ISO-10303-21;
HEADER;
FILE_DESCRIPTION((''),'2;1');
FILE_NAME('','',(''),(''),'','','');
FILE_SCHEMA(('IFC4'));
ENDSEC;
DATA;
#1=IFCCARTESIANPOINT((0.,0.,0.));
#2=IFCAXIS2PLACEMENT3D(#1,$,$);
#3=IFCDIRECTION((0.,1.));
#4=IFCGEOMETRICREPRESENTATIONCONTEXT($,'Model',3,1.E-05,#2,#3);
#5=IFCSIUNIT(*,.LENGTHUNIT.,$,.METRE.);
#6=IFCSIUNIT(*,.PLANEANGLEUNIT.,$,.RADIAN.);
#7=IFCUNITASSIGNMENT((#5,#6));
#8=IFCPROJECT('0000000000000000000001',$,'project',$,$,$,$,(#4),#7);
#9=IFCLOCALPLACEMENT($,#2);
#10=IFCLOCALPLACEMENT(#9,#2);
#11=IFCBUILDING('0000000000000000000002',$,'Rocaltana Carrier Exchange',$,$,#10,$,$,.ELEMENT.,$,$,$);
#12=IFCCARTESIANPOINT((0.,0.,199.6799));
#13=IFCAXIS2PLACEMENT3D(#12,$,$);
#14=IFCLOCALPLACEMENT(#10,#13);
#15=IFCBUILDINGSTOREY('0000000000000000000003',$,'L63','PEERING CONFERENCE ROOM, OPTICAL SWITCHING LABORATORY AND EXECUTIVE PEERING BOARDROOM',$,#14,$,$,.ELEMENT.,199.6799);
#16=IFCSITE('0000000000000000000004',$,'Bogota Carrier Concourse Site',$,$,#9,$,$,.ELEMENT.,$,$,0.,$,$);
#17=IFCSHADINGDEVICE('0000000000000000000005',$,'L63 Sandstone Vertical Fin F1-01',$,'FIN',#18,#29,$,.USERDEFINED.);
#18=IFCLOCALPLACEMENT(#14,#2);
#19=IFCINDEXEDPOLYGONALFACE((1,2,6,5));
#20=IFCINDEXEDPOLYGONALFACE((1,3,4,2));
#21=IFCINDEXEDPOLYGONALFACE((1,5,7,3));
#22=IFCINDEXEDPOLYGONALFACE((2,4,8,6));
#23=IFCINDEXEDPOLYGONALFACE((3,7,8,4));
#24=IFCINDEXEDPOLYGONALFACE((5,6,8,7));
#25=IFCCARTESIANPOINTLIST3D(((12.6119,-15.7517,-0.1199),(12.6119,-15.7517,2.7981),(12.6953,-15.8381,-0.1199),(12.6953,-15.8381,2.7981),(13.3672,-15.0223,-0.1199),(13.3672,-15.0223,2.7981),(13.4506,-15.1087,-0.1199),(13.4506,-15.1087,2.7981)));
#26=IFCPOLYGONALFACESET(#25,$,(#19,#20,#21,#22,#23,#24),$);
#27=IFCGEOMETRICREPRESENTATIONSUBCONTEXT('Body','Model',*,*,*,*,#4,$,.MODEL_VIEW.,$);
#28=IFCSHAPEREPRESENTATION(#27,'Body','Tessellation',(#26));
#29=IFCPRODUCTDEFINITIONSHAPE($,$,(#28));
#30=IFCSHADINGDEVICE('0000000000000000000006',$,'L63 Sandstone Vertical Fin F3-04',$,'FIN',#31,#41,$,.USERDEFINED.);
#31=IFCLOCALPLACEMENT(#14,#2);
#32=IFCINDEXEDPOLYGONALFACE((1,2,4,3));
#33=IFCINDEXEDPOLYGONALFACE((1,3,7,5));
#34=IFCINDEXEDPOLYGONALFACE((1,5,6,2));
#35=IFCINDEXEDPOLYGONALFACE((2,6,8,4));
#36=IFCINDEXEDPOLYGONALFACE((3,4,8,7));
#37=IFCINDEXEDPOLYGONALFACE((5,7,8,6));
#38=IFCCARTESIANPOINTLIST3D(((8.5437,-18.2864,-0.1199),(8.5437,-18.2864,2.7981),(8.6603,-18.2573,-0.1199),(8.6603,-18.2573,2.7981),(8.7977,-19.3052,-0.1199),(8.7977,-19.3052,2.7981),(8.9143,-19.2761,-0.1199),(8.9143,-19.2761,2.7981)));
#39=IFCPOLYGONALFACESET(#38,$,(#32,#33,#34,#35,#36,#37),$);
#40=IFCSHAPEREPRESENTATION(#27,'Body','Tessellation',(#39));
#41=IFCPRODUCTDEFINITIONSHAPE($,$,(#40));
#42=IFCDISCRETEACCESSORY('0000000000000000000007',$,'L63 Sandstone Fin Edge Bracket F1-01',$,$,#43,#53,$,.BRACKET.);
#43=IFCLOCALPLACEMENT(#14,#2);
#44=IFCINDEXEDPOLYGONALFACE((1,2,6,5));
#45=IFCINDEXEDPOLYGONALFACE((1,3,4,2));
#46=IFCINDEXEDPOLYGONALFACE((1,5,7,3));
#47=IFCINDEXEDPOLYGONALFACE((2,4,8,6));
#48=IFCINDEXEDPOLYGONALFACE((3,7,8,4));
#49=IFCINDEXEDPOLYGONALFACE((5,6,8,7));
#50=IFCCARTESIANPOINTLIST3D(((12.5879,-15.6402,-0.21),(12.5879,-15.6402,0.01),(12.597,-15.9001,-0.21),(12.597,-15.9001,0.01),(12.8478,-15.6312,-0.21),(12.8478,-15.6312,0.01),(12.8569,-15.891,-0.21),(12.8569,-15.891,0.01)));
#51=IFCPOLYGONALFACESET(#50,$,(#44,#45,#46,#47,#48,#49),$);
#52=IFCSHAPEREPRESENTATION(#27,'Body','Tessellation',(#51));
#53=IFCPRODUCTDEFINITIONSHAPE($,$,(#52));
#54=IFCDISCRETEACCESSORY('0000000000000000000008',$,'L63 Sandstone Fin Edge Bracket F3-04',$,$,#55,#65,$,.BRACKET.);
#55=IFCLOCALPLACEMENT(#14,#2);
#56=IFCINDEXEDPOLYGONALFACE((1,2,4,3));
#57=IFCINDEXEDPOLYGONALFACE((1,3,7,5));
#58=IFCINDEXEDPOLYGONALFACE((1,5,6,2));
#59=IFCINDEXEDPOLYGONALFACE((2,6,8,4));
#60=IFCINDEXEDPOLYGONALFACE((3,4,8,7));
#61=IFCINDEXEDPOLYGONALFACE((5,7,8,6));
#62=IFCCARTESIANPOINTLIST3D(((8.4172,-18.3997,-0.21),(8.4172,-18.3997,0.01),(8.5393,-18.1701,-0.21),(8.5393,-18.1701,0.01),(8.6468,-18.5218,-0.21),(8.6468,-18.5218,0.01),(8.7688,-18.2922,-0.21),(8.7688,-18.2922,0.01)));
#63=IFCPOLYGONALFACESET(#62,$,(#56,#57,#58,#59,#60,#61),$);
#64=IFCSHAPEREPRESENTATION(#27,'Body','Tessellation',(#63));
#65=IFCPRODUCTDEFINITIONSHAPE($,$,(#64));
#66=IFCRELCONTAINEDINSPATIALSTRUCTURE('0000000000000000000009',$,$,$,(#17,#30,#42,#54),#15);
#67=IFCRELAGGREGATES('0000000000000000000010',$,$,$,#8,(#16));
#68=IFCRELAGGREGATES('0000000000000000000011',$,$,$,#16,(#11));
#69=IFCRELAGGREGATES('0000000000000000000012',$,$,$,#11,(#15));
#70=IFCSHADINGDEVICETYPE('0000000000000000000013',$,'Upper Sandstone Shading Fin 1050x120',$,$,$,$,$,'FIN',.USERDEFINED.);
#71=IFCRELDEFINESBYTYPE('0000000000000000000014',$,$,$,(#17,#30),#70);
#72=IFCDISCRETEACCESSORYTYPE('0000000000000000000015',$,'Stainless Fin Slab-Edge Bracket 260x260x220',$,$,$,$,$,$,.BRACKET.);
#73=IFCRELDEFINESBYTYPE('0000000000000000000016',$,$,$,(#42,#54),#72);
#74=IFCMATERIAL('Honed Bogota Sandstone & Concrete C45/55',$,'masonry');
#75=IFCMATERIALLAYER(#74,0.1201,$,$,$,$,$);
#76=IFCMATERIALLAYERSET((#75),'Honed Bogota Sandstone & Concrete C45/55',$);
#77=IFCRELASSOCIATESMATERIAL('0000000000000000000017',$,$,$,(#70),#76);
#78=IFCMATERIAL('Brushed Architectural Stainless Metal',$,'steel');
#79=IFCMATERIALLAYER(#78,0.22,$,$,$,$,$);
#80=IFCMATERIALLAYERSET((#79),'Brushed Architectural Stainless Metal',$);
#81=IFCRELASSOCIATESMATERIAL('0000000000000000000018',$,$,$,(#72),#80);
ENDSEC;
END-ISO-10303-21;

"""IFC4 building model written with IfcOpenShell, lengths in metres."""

from ifc_helpers import new_model, si_unit, direction, frame, origin, origin_2d, place, context, subcontext, project, spatial, rectangle, extrude, material, layer, layer_set, type_object, element, save


model = new_model("IFC4")

# Units and contexts
model_context = context("Model", 3, precision=1e-05, world=origin(), true_north=direction((0.0, 1.0)))
body_context = subcontext(model_context, "Body", "Model", "MODEL_VIEW")
ifc_project = project(units=[si_unit("LENGTHUNIT", "METRE"), si_unit("PLANEANGLEUNIT", "RADIAN")], contexts=[model_context])

# Site, building, storey
site_placement = place(None, origin())
site = spatial("IfcSite", under=ifc_project, at=site_placement, Name="Bogota Carrier Concourse Site", CompositionType="ELEMENT", RefElevation=0.0)
building_placement = place(site_placement, origin())
building = spatial("IfcBuilding", under=site, at=building_placement, Name="Rocaltana Carrier Exchange", CompositionType="ELEMENT")
storey_placement = place(building_placement, frame((0.0, 0.0, 199.6799)))
storey = spatial("IfcBuildingStorey", under=building, at=storey_placement, Name="L63", Description="PEERING CONFERENCE ROOM, OPTICAL SWITCHING LABORATORY AND EXECUTIVE PEERING BOARDROOM", CompositionType="ELEMENT", Elevation=199.6799)

# Shading devices
ifc_material_1 = material(Name="Honed Bogota Sandstone & Concrete C45/55", Category="masonry")
ifc_layer_1 = layer(ifc_material_1, 0.1201)
ifc_layer_set_1 = layer_set([ifc_layer_1], Name="Honed Bogota Sandstone & Concrete C45/55")
shading_device_type = type_object("IfcShadingDeviceType", Name="Upper Sandstone Shading Fin 1050x120", ElementType="FIN", PredefinedType="USERDEFINED", material=ifc_layer_set_1)
for number, where, z_axis, x_axis, name in (
    (1, (13.0312, -15.4302, -0.1199), (0.0, 0.0, 1.0), (0.71934, 0.694658, 0.0), "L63 Sandstone Vertical Fin F1-01"),
    (2, (8.729, -18.7812, -0.1199), (0.0, 0.0, 1.0), (0.241922, -0.970296, 0.0), "L63 Sandstone Vertical Fin F3-04"),
):
    element("IfcShadingDevice", number, at=place(storey_placement, frame(where, z_axis=z_axis, x_axis=x_axis)), inside=storey, type_object=shading_device_type, Name=name, ObjectType="FIN", PredefinedType="USERDEFINED", context=body_context, shape_type="SweptSolid", body=[
        extrude(rectangle(XDim=1.05, YDim=0.1201, at=origin_2d()), origin(), (0.0, 0.0, 1.0), 2.918),
    ])

# Discrete accessories
ifc_material_2 = material(Name="Brushed Architectural Stainless Metal", Category="steel")
ifc_layer_2 = layer(ifc_material_2, 0.22)
ifc_layer_set_2 = layer_set([ifc_layer_2], Name="Brushed Architectural Stainless Metal")
discrete_accessory_type = type_object("IfcDiscreteAccessoryType", Name="Stainless Fin Slab-Edge Bracket 260x260x220", PredefinedType="BRACKET", material=ifc_layer_set_2)
for number, where, z_axis, x_axis, name in (
    (3, (12.7224, -15.7656, -0.21), (0.0, 0.0, 1.0), (-0.034899, 0.999391, 0.0), "L63 Sandstone Fin Edge Bracket F1-01"),
    (4, (8.593, -18.3459, -0.21), (0.0, 0.0, 1.0), (0.882948, -0.469472, 0.0), "L63 Sandstone Fin Edge Bracket F3-04"),
):
    element("IfcDiscreteAccessory", number, at=place(storey_placement, frame(where, z_axis=z_axis, x_axis=x_axis)), inside=storey, type_object=discrete_accessory_type, Name=name, PredefinedType="BRACKET", context=body_context, shape_type="SweptSolid", body=[
        extrude(rectangle(XDim=0.26, YDim=0.26, at=origin_2d()), origin(), (0.0, 0.0, 1.0), 0.22),
    ])

save(model, "model.ifc")
